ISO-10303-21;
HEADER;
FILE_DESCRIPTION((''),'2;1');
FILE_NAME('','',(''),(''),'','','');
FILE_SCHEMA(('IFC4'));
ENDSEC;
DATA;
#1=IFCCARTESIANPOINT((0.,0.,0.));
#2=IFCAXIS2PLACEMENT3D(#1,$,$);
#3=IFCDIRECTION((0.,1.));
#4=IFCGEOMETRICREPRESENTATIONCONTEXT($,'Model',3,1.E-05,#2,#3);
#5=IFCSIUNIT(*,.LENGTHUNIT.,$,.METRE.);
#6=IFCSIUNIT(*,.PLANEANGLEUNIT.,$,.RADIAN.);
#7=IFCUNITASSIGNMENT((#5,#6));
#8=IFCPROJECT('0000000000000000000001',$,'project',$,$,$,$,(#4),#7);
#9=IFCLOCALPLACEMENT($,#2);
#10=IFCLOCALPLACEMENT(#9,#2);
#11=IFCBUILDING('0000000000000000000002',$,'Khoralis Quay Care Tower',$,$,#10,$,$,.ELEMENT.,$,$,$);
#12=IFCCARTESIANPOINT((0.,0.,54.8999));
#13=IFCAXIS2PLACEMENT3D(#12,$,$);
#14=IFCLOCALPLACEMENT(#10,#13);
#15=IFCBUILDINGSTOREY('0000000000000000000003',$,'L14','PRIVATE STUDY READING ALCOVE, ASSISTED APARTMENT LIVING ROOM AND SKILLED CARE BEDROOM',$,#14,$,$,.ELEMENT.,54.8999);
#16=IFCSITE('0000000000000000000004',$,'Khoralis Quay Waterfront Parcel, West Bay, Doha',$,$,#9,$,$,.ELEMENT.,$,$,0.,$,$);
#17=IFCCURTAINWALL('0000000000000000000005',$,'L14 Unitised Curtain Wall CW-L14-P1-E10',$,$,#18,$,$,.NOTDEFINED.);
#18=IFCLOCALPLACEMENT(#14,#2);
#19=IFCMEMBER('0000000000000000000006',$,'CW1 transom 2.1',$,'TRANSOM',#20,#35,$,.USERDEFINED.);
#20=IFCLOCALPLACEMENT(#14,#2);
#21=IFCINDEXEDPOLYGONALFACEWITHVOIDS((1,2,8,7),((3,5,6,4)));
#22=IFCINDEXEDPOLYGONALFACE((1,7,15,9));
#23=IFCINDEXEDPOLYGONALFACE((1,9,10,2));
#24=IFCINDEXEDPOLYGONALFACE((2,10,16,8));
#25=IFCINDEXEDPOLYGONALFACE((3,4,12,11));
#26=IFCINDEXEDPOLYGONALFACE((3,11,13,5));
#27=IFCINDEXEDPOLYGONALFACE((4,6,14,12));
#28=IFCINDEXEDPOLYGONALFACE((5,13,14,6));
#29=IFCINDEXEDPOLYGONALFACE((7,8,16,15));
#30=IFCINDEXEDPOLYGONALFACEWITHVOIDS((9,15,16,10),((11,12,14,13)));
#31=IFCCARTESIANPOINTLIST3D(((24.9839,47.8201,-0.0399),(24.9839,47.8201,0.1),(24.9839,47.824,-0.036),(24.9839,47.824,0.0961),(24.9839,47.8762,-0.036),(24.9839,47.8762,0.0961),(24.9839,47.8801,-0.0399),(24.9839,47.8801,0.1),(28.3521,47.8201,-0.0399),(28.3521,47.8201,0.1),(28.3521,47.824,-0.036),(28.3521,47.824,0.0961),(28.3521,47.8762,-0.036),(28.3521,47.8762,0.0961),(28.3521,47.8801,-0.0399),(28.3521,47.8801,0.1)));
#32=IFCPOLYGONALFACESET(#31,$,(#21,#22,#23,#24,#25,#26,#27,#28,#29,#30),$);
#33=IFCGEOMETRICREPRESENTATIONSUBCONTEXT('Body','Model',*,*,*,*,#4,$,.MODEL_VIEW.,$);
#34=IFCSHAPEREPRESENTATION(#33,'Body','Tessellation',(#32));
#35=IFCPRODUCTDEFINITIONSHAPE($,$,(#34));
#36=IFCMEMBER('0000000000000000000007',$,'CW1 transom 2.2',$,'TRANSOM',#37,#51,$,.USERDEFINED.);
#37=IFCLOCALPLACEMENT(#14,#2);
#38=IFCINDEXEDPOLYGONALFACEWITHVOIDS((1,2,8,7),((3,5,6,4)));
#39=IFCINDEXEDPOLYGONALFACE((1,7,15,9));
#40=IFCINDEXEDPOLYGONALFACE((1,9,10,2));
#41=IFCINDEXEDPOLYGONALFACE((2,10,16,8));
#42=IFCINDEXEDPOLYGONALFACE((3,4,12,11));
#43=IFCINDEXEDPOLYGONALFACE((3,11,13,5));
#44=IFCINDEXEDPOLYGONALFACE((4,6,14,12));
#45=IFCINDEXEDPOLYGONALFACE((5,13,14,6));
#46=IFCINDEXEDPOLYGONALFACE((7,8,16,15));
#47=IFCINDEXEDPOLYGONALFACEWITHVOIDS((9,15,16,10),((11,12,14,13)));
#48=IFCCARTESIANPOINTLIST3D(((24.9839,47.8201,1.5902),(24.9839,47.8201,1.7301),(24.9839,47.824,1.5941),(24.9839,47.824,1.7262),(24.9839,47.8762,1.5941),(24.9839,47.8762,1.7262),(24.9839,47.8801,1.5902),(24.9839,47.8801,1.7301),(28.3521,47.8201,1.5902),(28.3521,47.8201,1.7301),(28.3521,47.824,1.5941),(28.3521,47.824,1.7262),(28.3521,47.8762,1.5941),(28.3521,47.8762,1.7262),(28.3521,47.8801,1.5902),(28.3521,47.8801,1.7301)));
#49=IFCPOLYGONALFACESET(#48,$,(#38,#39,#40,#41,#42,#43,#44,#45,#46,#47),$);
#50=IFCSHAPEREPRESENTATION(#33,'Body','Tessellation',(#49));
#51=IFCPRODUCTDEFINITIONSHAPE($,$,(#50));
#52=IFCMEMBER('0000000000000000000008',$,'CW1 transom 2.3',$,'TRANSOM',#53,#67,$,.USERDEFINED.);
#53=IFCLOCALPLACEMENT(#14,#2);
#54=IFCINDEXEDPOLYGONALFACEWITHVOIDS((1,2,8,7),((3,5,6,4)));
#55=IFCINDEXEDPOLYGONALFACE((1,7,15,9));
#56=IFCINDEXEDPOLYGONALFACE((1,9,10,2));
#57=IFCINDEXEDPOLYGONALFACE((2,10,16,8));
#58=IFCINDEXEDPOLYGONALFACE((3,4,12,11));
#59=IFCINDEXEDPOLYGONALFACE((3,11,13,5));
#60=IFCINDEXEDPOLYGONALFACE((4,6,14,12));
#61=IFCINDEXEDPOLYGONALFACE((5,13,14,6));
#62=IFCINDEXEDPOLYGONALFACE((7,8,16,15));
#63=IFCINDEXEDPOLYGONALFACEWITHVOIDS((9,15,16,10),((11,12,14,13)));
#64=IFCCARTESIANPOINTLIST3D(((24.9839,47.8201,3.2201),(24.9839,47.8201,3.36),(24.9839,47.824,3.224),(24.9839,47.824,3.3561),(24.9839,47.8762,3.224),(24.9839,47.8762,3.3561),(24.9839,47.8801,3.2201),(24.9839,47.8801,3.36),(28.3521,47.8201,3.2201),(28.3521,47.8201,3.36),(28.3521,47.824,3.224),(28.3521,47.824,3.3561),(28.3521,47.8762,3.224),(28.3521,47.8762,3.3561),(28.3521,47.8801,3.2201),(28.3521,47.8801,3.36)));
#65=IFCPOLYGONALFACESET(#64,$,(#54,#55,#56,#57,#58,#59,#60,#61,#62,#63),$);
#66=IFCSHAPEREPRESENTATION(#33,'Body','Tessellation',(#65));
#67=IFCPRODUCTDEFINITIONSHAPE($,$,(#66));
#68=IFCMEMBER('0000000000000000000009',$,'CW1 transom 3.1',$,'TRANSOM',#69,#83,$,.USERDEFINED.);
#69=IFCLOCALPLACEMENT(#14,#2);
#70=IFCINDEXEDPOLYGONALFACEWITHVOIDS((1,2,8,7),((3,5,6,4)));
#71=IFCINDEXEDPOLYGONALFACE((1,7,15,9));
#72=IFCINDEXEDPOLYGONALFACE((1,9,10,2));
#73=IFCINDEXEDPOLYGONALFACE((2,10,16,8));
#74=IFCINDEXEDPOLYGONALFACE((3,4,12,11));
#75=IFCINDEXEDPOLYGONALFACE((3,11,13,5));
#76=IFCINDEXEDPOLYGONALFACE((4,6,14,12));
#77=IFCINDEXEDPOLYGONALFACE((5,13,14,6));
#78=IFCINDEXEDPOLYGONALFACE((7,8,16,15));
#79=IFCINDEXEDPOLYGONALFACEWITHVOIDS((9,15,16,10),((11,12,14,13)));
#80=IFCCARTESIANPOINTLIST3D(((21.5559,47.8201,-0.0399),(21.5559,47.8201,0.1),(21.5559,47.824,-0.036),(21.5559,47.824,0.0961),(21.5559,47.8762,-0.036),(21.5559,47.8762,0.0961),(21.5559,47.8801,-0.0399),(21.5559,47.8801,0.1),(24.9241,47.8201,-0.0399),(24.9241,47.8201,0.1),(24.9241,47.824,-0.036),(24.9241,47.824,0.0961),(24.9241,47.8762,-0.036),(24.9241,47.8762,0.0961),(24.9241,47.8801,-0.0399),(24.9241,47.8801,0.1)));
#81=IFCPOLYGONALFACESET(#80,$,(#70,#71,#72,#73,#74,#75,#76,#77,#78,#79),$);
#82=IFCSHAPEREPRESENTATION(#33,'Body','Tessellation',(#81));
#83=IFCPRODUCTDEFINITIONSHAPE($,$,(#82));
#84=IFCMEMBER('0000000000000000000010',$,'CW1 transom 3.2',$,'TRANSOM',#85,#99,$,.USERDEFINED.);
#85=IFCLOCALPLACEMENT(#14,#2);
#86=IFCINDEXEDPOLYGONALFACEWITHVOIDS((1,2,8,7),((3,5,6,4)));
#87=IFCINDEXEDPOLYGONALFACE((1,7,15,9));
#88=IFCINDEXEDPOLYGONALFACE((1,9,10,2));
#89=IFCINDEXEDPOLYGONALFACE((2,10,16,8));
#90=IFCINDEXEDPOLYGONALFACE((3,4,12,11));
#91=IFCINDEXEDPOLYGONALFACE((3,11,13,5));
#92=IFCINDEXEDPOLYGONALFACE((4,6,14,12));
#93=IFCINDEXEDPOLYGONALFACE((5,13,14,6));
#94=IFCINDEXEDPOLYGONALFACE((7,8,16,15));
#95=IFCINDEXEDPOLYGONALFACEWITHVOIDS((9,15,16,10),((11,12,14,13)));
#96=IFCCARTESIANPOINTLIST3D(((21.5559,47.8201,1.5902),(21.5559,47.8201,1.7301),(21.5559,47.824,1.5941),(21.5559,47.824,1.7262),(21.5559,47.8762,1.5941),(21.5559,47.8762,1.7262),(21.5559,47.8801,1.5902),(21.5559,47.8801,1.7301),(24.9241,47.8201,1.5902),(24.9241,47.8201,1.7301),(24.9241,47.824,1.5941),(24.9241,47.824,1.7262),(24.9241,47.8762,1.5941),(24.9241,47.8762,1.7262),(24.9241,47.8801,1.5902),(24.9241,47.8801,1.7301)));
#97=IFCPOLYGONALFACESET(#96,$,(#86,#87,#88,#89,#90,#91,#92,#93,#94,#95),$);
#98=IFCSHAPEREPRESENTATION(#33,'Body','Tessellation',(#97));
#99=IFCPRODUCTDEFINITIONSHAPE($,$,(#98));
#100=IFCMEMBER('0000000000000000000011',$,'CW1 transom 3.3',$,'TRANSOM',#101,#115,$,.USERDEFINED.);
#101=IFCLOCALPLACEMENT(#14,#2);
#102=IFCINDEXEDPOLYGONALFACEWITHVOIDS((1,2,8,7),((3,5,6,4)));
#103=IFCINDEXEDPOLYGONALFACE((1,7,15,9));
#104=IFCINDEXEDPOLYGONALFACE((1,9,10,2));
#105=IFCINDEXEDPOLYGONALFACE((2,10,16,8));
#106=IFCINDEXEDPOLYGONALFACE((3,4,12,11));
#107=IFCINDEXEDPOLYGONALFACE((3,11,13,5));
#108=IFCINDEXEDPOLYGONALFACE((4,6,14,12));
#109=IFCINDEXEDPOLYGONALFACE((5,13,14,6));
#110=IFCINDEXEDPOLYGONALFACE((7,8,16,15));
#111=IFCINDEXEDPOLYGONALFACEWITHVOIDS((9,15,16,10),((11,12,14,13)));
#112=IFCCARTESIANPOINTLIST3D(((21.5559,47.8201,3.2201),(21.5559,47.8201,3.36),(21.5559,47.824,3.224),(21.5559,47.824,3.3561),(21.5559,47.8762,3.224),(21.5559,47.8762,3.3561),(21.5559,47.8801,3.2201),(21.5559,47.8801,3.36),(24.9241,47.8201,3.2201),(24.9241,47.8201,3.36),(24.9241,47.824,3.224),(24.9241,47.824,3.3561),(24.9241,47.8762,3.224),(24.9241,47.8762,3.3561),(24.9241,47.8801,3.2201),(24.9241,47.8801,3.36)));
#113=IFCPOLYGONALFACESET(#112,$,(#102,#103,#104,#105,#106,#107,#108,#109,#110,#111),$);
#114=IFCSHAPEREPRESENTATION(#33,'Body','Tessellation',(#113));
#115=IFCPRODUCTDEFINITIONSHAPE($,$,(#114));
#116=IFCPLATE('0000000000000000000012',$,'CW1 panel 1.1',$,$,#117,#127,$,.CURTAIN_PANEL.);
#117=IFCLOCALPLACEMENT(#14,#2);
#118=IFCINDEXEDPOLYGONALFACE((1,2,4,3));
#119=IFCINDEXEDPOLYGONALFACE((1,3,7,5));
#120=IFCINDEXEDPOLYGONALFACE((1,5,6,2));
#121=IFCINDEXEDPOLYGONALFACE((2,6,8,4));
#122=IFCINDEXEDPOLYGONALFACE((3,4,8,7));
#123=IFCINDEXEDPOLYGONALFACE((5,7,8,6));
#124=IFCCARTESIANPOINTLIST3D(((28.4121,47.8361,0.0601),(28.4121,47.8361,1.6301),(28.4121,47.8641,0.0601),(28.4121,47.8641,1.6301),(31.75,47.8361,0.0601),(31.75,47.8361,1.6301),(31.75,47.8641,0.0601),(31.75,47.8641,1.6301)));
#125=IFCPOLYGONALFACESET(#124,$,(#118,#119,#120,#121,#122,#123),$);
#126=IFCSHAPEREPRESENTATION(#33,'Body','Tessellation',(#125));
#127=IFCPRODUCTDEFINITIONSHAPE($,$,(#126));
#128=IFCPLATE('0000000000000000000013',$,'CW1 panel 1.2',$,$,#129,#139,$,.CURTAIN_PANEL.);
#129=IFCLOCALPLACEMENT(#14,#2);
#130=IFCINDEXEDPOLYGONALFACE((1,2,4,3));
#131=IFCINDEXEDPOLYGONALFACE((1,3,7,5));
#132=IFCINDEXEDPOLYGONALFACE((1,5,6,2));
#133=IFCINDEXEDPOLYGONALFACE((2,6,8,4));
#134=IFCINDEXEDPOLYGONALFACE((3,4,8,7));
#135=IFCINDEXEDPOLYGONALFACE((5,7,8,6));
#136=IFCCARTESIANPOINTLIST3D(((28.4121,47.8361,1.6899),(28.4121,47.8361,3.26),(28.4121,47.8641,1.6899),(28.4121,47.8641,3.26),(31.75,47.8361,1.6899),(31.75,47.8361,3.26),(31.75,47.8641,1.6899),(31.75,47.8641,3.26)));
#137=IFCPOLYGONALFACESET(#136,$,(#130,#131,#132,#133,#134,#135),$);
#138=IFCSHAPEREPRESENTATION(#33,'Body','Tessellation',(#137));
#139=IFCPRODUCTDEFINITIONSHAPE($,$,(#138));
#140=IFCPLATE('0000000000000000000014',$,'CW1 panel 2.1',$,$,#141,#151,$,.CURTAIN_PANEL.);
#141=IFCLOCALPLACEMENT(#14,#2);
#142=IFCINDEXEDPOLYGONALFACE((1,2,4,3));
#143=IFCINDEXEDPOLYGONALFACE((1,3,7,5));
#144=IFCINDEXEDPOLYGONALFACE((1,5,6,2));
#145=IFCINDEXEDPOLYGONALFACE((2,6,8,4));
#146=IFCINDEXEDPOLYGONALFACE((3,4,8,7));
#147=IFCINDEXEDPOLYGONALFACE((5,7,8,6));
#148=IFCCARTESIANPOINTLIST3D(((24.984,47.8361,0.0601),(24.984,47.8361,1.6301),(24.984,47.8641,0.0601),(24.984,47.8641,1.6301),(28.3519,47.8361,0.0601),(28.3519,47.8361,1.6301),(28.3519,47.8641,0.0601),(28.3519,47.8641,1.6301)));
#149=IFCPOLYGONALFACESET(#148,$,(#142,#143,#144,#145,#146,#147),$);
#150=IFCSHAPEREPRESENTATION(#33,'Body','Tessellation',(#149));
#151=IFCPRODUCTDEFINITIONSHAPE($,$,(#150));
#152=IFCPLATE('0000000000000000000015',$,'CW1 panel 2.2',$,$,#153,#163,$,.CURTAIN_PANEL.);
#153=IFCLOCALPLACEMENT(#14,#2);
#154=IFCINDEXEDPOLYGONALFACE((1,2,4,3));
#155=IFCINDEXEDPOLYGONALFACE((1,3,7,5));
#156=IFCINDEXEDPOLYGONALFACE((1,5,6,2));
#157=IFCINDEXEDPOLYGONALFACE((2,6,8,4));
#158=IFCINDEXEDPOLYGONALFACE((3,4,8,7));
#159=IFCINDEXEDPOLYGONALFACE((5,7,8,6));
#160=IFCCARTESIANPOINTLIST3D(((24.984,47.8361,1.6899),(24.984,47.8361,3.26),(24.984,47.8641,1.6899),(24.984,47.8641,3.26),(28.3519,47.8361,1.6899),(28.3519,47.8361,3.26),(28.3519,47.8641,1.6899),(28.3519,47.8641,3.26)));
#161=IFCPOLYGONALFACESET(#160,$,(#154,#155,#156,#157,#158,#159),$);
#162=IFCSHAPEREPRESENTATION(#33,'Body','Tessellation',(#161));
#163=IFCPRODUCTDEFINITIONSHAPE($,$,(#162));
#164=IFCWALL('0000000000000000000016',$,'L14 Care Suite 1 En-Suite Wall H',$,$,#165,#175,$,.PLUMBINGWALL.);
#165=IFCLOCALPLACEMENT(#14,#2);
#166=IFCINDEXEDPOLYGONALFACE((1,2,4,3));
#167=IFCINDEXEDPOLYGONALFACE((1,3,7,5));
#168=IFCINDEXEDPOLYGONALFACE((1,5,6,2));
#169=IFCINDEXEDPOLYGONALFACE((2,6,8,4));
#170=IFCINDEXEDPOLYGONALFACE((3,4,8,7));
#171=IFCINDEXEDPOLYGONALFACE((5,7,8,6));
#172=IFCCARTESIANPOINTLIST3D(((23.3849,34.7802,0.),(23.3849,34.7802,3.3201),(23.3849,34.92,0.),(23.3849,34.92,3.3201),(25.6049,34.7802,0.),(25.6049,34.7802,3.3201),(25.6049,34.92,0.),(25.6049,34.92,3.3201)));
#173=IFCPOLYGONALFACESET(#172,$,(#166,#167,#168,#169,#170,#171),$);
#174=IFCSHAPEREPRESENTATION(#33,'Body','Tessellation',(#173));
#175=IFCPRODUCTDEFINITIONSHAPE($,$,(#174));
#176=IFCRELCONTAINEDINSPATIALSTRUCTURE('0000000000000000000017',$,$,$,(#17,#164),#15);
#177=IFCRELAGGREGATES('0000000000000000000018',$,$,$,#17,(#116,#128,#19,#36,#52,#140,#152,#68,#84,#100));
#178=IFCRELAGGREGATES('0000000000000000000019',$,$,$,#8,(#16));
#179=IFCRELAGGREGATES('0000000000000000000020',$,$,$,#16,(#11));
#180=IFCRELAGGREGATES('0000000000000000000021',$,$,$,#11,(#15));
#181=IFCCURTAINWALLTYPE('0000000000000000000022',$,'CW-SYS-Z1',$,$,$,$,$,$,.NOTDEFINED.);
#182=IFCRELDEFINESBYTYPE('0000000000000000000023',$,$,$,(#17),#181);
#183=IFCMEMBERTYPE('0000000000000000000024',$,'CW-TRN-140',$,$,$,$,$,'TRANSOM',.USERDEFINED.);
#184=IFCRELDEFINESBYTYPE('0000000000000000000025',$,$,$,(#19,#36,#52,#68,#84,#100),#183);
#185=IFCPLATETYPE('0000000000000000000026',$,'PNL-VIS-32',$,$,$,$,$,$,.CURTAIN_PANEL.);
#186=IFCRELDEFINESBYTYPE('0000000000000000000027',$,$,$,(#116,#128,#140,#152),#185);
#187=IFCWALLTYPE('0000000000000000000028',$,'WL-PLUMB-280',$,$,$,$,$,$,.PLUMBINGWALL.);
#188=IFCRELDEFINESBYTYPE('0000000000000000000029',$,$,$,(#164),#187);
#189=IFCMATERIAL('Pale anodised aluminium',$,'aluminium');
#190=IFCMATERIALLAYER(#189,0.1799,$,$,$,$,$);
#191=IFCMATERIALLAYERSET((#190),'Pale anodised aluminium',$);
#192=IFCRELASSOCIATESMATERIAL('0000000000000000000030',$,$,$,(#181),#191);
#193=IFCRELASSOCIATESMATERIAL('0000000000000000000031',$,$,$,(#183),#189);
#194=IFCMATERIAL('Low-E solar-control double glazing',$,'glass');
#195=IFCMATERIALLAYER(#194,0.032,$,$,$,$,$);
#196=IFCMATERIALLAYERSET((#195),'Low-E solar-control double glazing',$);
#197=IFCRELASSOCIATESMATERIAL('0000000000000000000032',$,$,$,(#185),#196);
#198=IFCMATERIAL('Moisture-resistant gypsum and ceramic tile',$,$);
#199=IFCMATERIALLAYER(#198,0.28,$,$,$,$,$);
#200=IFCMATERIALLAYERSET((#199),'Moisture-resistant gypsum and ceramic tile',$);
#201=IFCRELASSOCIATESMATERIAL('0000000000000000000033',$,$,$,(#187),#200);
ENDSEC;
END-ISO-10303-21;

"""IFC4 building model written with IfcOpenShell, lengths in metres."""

from ifc_helpers import new_model, si_unit, direction, frame, frame_2d, origin, origin_2d, place, context, subcontext, project, spatial, rectangle, hollow_rectangle, extrude, source, transform, mapped, material, layer, layer_set, material_profile, profile_set, type_object, element, aggregate, save


model = new_model("IFC4")

# Units and contexts
model_context = context("Model", 3, precision=1e-05, world=origin(), true_north=direction((0.0, 1.0)))
body_context = subcontext(model_context, "Body", "Model", "MODEL_VIEW")
ifc_project = project(units=[si_unit("LENGTHUNIT", "METRE"), si_unit("PLANEANGLEUNIT", "RADIAN")], contexts=[model_context])

# Site, building, storey
site_placement = place(None, origin())
site = spatial("IfcSite", under=ifc_project, at=site_placement, Name="Khoralis Quay Waterfront Parcel, West Bay, Doha", CompositionType="ELEMENT", RefElevation=0.0)
building_placement = place(site_placement, origin())
building = spatial("IfcBuilding", under=site, at=building_placement, Name="Khoralis Quay Care Tower", CompositionType="ELEMENT")
storey_placement = place(building_placement, frame((0.0, 0.0, 54.8999)))
storey = spatial("IfcBuildingStorey", under=building, at=storey_placement, Name="L14", Description="PRIVATE STUDY READING ALCOVE, ASSISTED APARTMENT LIVING ROOM AND SKILLED CARE BEDROOM", CompositionType="ELEMENT", Elevation=54.8999)

# Curtain wall
ifc_material_1 = material(Name="Pale anodised aluminium", Category="aluminium")
ifc_layer_1 = layer(ifc_material_1, 0.1799)
ifc_layer_set_1 = layer_set([ifc_layer_1], Name="Pale anodised aluminium")
curtain_wall_type = type_object("IfcCurtainWallType", Name="CW-SYS-Z1", PredefinedType="NOTDEFINED", material=ifc_layer_set_1)
curtain_wall_placement = place(storey_placement, origin())
curtain_wall = element("IfcCurtainWall", 1, at=curtain_wall_placement, inside=storey, type_object=curtain_wall_type, Name="L14 Unitised Curtain Wall CW-L14-P1-E10", PredefinedType="NOTDEFINED")

# Members
ifc_material_profile_1 = material_profile(ifc_material_1, hollow_rectangle(XDim=0.0601, YDim=0.1399, WallThickness=0.0039, at=origin_2d()), Name="Pale anodised aluminium")
ifc_profile_set_1 = profile_set([ifc_material_profile_1], Name="Pale anodised aluminium")
member_type_1 = type_object("IfcMemberType", Name="CW-TRN-140", ElementType="TRANSOM", PredefinedType="USERDEFINED", material=ifc_profile_set_1)
shared_shape_1 = source(origin(), body_context, "Body", "SweptSolid", [
    extrude(hollow_rectangle(XDim=0.0601, YDim=0.1399, WallThickness=0.0039, at=origin_2d()), origin(), (0.0, 0.0, 1.0), 3.3682),
])
member_1_placement = place(storey_placement, frame((28.3521, 47.8501, 0.03), z_axis=(-1.0, 0.0, 0.0), x_axis=(0.0, -1.0, 0.0)))
member_1 = element("IfcMember", 2, at=member_1_placement, type_object=member_type_1, Name="CW1 transom 2.1", ObjectType="TRANSOM", PredefinedType="USERDEFINED", context=body_context, shape_type="MappedRepresentation", body=[
    mapped(shared_shape_1, transform((0.0, 0.0, 0.0), scale=1.0)),
])
member_2_placement = place(storey_placement, frame((28.3521, 47.8501, 1.6602), z_axis=(-1.0, 0.0, 0.0), x_axis=(0.0, -1.0, 0.0)))
member_2 = element("IfcMember", 3, at=member_2_placement, type_object=member_type_1, Name="CW1 transom 2.2", ObjectType="TRANSOM", PredefinedType="USERDEFINED", context=body_context, shape_type="MappedRepresentation", body=[
    mapped(shared_shape_1, transform((0.0, 0.0, 0.0), scale=1.0)),
])
member_3_placement = place(storey_placement, frame((28.3521, 47.8501, 3.29), z_axis=(-1.0, 0.0, 0.0), x_axis=(0.0, -1.0, 0.0)))
member_3 = element("IfcMember", 4, at=member_3_placement, type_object=member_type_1, Name="CW1 transom 2.3", ObjectType="TRANSOM", PredefinedType="USERDEFINED", context=body_context, shape_type="MappedRepresentation", body=[
    mapped(shared_shape_1, transform((0.0, 0.0, 0.0), scale=1.0)),
])
member_4_placement = place(storey_placement, frame((24.9241, 47.8501, 0.03), z_axis=(-1.0, 0.0, 0.0), x_axis=(0.0, -1.0, 0.0)))
member_4 = element("IfcMember", 5, at=member_4_placement, type_object=member_type_1, Name="CW1 transom 3.1", ObjectType="TRANSOM", PredefinedType="USERDEFINED", context=body_context, shape_type="MappedRepresentation", body=[
    mapped(shared_shape_1, transform((0.0, 0.0, 0.0), scale=1.0)),
])
member_5_placement = place(storey_placement, frame((24.9241, 47.8501, 1.6602), z_axis=(-1.0, 0.0, 0.0), x_axis=(0.0, -1.0, 0.0)))
member_5 = element("IfcMember", 6, at=member_5_placement, type_object=member_type_1, Name="CW1 transom 3.2", ObjectType="TRANSOM", PredefinedType="USERDEFINED", context=body_context, shape_type="MappedRepresentation", body=[
    mapped(shared_shape_1, transform((0.0, 0.0, 0.0), scale=1.0)),
])
member_6_placement = place(storey_placement, frame((24.9241, 47.8501, 3.29), z_axis=(-1.0, 0.0, 0.0), x_axis=(0.0, -1.0, 0.0)))
member_6 = element("IfcMember", 7, at=member_6_placement, type_object=member_type_1, Name="CW1 transom 3.3", ObjectType="TRANSOM", PredefinedType="USERDEFINED", context=body_context, shape_type="MappedRepresentation", body=[
    mapped(shared_shape_1, transform((0.0, 0.0, 0.0), scale=1.0)),
])

# Plates
ifc_material_2 = material(Name="Low-E solar-control double glazing", Category="glass")
ifc_layer_2 = layer(ifc_material_2, 0.032)
ifc_layer_set_2 = layer_set([ifc_layer_2], Name="Low-E solar-control double glazing")
plate_type = type_object("IfcPlateType", Name="PNL-VIS-32", PredefinedType="CURTAIN_PANEL", material=ifc_layer_set_2)
shared_shape_2 = source(origin(), body_context, "Body", "SweptSolid", [
    extrude(rectangle(XDim=3.3379, YDim=0.0281, at=origin_2d()), origin(), (0.0, 0.0, 1.0), 1.5701),
])
plate_1_placement = place(storey_placement, frame((30.0811, 47.8501, 0.0601), z_axis=(0.0, 0.0, 1.0), x_axis=(-1.0, 0.0, 0.0)))
plate_1 = element("IfcPlate", 8, at=plate_1_placement, type_object=plate_type, Name="CW1 panel 1.1", PredefinedType="CURTAIN_PANEL", context=body_context, shape_type="MappedRepresentation", body=[
    mapped(shared_shape_2, transform((0.0, 0.0, 0.0), scale=1.0)),
])
plate_2_placement = place(storey_placement, frame((30.0811, 47.8501, 1.6899), z_axis=(0.0, 0.0, 1.0), x_axis=(-1.0, 0.0, 0.0)))
plate_2 = element("IfcPlate", 9, at=plate_2_placement, type_object=plate_type, Name="CW1 panel 1.2", PredefinedType="CURTAIN_PANEL", context=body_context, shape_type="MappedRepresentation", body=[
    mapped(shared_shape_2, transform((0.0, 0.0, 0.0), scale=1.0)),
])
shared_shape_3 = source(origin(), body_context, "Body", "SweptSolid", [
    extrude(rectangle(XDim=3.3679, YDim=0.0281, at=origin_2d()), origin(), (0.0, 0.0, 1.0), 1.5701),
])
plate_3_placement = place(storey_placement, frame((26.668, 47.8501, 0.0601), z_axis=(0.0, 0.0, 1.0), x_axis=(-1.0, 0.0, 0.0)))
plate_3 = element("IfcPlate", 10, at=plate_3_placement, type_object=plate_type, Name="CW1 panel 2.1", PredefinedType="CURTAIN_PANEL", context=body_context, shape_type="MappedRepresentation", body=[
    mapped(shared_shape_3, transform((0.0, 0.0, 0.0), scale=1.0)),
])
plate_4_placement = place(storey_placement, frame((26.668, 47.8501, 1.6899), z_axis=(0.0, 0.0, 1.0), x_axis=(-1.0, 0.0, 0.0)))
plate_4 = element("IfcPlate", 11, at=plate_4_placement, type_object=plate_type, Name="CW1 panel 2.2", PredefinedType="CURTAIN_PANEL", context=body_context, shape_type="MappedRepresentation", body=[
    mapped(shared_shape_3, transform((0.0, 0.0, 0.0), scale=1.0)),
])
aggregate(curtain_wall, [plate_1, plate_2, member_1, member_2, member_3, plate_3, plate_4, member_4, member_5, member_6])

# Wall
ifc_material_3 = material(Name="Moisture-resistant gypsum and ceramic tile")
ifc_layer_3 = layer(ifc_material_3, 0.28)
ifc_layer_set_3 = layer_set([ifc_layer_3], Name="Moisture-resistant gypsum and ceramic tile")
wall_type_1 = type_object("IfcWallType", Name="WL-PLUMB-280", PredefinedType="PLUMBINGWALL", material=ifc_layer_set_3)
wall_1_placement = place(storey_placement, frame((23.385, 34.8501, 0.0), z_axis=(0.0, 0.0, 1.0), x_axis=(1.0, 0.0, 0.0)))
element("IfcWall", 12, at=wall_1_placement, inside=storey, type_object=wall_type_1, Name="L14 Care Suite 1 En-Suite Wall H", PredefinedType="PLUMBINGWALL", context=body_context, shape_type="SweptSolid", body=[
    extrude(rectangle(XDim=2.22, YDim=0.1399, at=frame_2d((1.1099, 0.0))), origin(), (0.0, 0.0, 1.0), 3.3201),
])

save(model, "model.ifc")
